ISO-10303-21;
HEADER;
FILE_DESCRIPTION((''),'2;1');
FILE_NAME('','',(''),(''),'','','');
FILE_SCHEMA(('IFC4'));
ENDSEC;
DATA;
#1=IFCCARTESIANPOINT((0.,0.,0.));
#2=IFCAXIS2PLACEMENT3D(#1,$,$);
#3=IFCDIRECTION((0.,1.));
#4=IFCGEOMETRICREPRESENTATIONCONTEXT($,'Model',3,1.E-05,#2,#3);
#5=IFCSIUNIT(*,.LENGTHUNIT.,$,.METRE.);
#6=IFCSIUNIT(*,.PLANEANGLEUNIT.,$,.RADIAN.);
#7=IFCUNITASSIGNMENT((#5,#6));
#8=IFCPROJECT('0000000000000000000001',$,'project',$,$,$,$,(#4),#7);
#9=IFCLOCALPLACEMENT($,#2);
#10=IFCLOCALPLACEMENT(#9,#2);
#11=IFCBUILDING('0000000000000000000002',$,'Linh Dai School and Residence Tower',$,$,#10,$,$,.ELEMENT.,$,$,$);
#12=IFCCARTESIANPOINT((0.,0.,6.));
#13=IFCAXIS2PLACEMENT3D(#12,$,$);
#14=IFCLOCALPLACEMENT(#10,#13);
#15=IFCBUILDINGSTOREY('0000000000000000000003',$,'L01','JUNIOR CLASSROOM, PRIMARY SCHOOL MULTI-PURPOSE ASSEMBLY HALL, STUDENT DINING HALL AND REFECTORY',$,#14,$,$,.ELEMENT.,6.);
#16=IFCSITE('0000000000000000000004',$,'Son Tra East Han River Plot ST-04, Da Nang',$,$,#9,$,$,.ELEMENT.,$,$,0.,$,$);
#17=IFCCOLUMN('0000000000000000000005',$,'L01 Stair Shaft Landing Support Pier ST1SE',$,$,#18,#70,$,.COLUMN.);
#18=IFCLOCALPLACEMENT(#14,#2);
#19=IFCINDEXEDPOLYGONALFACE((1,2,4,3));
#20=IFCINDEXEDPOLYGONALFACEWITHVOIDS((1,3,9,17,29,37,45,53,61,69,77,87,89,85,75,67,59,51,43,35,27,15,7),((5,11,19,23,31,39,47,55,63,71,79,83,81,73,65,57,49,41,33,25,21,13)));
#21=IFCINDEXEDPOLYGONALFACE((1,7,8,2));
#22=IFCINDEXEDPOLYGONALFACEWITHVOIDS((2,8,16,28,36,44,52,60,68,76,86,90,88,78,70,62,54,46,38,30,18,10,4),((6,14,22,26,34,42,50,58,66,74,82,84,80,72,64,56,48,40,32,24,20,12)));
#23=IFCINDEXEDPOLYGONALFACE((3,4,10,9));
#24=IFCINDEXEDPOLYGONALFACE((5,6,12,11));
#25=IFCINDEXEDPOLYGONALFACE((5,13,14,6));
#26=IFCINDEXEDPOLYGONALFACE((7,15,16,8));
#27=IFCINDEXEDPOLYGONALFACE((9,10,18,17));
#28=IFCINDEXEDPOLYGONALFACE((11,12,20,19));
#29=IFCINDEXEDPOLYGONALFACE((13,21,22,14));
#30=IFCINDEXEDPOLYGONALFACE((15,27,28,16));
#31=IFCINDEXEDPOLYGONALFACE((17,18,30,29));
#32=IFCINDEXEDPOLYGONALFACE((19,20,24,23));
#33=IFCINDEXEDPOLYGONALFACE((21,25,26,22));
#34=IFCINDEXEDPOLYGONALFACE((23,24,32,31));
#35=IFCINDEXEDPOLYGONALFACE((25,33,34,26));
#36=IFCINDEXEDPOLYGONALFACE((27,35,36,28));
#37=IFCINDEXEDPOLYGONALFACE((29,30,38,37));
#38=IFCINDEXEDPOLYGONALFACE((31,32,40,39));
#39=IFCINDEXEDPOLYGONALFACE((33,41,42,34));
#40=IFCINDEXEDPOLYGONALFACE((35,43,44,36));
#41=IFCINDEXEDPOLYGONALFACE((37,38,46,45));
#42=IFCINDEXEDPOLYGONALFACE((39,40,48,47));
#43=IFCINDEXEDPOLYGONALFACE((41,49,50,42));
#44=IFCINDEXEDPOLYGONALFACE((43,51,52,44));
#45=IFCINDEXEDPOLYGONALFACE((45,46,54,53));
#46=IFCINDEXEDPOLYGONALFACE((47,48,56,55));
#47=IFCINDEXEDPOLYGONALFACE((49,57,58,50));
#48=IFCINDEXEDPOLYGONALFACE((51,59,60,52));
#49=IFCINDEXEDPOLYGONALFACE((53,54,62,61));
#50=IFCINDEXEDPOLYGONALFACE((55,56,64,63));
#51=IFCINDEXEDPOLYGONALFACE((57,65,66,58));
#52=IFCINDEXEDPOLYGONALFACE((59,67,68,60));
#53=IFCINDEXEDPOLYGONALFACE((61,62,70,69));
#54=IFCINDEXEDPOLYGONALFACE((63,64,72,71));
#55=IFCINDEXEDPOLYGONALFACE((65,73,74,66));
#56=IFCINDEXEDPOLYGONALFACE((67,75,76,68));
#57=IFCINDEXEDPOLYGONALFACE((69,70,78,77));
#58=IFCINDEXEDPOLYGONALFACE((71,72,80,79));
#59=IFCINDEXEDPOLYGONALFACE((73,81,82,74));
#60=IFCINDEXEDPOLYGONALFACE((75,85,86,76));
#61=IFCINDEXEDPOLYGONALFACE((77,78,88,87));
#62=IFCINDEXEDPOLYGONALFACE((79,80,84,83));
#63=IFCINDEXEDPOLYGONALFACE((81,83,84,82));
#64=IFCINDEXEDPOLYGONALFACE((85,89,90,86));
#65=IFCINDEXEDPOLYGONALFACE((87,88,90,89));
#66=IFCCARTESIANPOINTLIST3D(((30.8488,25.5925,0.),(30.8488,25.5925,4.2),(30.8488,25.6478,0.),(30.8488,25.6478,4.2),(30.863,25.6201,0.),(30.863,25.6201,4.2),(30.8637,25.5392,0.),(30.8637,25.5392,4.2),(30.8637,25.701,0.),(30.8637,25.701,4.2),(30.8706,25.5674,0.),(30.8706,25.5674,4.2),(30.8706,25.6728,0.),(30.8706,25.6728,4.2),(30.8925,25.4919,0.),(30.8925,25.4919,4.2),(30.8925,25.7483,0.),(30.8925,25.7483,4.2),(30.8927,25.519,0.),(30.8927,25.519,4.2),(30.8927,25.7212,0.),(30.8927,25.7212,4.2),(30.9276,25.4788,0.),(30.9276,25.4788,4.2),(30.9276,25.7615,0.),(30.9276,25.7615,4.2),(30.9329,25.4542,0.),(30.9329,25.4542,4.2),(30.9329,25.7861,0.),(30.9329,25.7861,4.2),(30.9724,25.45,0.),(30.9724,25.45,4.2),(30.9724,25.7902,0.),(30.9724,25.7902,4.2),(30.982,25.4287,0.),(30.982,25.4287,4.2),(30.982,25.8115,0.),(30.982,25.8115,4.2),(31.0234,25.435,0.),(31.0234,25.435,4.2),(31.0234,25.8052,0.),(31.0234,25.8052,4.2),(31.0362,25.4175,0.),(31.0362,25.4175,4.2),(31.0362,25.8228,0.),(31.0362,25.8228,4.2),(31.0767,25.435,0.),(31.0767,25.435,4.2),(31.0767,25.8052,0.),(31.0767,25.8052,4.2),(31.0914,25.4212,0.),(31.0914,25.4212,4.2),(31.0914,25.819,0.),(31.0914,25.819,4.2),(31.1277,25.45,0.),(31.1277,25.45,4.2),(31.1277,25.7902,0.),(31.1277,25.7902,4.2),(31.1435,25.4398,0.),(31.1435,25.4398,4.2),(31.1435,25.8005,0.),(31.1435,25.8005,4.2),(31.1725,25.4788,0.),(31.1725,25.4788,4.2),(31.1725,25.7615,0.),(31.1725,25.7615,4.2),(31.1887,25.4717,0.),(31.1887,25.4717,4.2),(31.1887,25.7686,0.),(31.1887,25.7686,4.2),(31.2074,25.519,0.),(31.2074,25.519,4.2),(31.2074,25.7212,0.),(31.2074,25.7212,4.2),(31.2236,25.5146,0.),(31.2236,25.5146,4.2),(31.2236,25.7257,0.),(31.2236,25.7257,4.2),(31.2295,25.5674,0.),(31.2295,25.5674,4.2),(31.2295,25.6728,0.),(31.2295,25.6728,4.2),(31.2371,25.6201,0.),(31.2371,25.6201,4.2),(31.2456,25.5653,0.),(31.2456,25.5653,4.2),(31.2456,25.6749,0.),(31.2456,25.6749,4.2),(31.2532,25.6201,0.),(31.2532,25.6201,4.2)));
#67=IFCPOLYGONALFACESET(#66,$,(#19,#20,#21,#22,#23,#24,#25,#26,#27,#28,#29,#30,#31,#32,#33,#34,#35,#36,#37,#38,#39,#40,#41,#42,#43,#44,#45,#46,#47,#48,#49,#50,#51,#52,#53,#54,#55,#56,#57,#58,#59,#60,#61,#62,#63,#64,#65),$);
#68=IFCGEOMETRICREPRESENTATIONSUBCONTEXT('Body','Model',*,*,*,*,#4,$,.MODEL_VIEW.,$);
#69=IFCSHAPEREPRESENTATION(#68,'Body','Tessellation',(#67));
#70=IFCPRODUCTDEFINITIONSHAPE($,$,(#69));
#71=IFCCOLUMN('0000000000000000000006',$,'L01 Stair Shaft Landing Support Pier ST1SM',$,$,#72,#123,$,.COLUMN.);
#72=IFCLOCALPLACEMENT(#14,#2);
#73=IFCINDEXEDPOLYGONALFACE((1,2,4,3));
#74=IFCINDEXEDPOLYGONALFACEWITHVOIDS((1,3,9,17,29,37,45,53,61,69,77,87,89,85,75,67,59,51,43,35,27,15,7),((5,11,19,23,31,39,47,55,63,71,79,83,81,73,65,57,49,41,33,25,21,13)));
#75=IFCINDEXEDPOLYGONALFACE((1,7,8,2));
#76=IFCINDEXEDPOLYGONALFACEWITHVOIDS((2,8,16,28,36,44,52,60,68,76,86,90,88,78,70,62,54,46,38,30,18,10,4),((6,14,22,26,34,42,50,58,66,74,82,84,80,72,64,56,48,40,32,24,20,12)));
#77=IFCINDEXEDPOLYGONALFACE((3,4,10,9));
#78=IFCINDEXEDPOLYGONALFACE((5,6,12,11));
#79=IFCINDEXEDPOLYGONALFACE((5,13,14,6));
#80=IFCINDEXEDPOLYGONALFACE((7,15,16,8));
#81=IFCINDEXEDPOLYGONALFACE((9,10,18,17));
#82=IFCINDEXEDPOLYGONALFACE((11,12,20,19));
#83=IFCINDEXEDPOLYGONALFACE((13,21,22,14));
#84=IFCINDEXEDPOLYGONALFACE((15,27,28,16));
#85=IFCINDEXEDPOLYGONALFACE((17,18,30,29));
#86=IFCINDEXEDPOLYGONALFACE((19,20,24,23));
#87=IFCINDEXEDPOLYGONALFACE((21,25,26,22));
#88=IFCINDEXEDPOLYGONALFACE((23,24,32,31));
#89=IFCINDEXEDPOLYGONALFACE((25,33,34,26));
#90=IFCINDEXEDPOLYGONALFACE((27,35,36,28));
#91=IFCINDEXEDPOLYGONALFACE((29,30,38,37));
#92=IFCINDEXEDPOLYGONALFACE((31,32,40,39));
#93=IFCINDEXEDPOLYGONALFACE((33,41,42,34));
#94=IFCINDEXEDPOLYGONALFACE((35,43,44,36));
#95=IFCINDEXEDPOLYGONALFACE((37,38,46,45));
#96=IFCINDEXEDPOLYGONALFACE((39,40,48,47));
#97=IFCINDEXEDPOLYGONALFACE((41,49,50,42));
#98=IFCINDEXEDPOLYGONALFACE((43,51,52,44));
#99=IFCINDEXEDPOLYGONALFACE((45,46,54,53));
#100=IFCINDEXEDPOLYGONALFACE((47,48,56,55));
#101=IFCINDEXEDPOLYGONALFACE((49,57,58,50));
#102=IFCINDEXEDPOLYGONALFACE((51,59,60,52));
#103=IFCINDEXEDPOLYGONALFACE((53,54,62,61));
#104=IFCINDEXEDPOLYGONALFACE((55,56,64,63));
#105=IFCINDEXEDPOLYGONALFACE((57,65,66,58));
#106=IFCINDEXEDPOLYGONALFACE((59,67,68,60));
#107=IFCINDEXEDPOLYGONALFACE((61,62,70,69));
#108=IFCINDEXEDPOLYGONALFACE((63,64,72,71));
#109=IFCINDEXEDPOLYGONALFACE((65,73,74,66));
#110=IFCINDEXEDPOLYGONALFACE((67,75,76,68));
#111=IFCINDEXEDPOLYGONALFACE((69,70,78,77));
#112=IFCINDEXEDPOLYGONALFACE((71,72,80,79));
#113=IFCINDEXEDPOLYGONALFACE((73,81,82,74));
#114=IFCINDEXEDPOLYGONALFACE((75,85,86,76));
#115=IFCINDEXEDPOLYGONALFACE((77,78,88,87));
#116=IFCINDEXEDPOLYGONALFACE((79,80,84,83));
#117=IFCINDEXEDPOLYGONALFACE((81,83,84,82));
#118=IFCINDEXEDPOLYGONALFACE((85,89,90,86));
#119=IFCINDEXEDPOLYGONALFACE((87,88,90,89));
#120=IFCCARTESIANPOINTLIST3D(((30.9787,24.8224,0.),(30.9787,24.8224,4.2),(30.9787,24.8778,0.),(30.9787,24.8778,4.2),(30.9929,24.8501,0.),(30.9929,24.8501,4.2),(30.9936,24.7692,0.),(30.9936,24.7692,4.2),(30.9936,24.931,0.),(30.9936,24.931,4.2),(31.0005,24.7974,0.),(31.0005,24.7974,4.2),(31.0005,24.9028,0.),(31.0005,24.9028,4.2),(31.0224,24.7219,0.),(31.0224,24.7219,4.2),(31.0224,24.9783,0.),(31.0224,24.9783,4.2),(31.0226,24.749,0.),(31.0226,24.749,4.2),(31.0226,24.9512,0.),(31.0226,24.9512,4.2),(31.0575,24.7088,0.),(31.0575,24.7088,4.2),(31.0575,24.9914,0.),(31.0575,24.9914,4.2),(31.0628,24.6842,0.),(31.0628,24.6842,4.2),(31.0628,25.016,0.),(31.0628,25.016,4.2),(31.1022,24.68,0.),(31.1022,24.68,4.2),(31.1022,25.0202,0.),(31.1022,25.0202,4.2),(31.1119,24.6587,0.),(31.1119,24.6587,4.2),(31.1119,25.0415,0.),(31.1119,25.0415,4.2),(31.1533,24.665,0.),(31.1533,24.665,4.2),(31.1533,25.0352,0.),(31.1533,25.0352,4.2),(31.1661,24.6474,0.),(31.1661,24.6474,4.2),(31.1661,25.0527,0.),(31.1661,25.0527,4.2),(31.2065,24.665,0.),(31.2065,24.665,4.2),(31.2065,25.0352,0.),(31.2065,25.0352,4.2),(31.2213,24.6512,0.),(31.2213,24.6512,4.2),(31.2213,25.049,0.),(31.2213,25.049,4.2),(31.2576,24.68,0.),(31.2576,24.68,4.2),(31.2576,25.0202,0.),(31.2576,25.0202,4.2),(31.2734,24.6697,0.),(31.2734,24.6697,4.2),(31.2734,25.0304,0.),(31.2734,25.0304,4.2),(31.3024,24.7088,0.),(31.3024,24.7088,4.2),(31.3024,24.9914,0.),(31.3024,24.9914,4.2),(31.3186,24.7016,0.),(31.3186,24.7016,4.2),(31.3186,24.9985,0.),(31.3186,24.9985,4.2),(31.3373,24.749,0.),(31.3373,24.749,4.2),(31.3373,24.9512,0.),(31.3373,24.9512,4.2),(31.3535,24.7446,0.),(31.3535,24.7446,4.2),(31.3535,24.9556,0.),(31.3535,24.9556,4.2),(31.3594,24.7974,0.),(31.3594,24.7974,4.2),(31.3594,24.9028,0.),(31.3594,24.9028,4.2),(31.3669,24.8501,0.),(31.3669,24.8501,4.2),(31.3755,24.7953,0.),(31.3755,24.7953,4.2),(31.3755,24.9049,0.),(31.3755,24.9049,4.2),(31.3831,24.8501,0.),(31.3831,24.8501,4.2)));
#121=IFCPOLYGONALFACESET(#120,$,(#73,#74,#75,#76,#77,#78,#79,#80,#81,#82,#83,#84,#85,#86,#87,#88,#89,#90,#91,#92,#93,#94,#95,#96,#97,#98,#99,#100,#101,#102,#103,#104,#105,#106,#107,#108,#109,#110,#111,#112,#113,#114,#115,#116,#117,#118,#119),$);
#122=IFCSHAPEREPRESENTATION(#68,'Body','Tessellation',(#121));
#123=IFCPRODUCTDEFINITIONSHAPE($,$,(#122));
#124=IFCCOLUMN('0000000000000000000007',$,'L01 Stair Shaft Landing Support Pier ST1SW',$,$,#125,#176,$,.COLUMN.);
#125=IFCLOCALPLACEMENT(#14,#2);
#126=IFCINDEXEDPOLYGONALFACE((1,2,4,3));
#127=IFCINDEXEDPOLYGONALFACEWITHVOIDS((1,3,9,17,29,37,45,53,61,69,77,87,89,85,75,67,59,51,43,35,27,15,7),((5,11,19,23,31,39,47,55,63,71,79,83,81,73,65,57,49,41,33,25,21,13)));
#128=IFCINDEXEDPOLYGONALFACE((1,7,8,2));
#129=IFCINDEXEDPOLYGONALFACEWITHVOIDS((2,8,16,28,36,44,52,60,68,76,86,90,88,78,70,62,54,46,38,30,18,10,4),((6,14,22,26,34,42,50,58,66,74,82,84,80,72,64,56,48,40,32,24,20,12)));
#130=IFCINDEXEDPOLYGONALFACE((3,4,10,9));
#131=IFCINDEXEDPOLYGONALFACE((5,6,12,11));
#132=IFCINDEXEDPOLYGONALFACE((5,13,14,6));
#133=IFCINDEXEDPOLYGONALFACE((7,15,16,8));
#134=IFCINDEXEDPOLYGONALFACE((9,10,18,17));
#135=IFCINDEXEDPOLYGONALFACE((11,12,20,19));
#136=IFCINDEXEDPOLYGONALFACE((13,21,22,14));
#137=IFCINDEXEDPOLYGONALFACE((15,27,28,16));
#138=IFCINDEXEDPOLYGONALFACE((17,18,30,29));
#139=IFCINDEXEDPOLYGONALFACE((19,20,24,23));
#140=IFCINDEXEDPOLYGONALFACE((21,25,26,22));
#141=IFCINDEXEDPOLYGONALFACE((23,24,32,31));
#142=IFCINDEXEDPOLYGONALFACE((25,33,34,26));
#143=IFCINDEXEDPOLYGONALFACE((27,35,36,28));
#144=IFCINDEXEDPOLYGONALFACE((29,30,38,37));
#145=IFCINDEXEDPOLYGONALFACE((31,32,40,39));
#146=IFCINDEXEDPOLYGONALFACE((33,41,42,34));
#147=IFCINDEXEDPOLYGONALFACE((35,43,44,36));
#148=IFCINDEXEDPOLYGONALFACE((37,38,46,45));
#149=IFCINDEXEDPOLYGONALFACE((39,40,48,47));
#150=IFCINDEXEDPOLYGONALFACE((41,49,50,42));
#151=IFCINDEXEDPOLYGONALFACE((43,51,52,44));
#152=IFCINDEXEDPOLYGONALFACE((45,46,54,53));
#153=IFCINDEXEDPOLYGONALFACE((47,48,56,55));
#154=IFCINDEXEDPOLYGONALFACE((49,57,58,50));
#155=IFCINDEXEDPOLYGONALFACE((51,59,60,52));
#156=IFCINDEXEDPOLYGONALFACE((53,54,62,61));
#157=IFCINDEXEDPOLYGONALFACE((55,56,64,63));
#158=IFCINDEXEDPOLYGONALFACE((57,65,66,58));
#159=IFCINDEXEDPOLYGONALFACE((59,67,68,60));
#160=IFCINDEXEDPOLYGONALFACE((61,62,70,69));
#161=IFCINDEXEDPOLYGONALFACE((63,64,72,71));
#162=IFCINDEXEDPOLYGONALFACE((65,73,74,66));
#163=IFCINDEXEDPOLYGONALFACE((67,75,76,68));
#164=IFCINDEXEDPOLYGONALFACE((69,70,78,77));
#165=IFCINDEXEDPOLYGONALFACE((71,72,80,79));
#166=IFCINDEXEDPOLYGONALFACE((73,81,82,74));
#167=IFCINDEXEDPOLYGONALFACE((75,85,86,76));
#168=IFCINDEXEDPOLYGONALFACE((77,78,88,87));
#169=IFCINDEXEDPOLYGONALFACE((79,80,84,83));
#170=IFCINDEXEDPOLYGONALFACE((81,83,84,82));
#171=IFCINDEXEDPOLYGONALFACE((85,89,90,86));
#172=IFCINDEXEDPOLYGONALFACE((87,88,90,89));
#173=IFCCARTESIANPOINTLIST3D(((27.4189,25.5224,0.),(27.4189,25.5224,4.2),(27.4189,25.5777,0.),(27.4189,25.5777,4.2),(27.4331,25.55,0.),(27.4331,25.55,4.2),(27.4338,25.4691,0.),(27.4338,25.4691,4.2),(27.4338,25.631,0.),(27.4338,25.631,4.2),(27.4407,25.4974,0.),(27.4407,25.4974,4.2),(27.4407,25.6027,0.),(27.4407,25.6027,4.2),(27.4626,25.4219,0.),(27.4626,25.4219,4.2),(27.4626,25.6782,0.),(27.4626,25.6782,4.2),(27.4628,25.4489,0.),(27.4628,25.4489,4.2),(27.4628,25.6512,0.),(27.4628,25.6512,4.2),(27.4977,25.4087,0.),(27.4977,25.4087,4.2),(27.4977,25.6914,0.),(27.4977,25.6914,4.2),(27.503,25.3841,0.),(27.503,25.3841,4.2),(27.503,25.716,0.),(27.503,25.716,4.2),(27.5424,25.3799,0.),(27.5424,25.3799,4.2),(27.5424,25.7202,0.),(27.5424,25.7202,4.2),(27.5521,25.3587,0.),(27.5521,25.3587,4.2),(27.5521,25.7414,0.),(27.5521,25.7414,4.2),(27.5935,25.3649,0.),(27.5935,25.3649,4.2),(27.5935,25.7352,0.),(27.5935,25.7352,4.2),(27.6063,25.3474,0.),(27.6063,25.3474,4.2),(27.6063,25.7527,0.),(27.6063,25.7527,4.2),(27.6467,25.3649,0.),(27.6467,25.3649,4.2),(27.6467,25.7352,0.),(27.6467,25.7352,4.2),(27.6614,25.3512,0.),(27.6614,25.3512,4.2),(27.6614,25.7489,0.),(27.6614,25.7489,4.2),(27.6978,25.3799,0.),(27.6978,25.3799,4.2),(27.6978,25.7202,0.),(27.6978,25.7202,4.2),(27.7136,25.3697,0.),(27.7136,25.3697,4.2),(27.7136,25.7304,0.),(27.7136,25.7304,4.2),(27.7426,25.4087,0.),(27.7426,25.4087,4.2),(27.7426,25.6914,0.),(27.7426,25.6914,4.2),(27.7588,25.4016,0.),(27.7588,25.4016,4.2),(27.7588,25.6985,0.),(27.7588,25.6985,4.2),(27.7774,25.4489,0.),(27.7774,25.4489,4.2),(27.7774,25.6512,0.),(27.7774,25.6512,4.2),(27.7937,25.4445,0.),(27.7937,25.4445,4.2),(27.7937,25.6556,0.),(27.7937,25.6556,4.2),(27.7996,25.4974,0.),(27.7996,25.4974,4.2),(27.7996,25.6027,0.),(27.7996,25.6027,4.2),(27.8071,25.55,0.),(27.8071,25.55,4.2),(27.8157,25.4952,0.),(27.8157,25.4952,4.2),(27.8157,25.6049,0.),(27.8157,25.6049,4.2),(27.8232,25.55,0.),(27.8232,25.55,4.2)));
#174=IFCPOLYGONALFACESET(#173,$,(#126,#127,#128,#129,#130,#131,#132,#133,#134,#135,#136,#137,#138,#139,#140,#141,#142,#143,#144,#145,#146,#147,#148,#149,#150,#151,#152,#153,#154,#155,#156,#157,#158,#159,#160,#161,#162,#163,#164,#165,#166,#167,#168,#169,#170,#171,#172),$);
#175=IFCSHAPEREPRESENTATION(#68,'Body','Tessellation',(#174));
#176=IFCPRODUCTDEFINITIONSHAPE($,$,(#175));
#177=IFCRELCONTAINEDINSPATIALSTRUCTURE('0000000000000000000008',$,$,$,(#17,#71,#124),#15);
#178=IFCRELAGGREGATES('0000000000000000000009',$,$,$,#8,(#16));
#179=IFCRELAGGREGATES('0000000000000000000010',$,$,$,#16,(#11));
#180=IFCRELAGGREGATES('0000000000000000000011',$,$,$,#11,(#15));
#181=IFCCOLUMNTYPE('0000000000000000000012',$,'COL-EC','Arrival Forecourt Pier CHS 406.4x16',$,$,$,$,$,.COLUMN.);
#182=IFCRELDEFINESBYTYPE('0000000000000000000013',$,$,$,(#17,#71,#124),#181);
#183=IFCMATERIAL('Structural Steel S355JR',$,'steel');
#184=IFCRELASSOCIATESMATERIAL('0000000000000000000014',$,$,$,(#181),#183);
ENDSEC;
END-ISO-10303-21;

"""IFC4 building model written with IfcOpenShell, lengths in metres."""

from ifc_helpers import new_model, si_unit, direction, frame, origin, origin_2d, place, context, subcontext, project, spatial, hollow_circle, extrude, material, material_profile, profile_set, type_object, element, save


model = new_model("IFC4")

# Units and contexts
model_context = context("Model", 3, precision=1e-05, world=origin(), true_north=direction((0.0, 1.0)))
body_context = subcontext(model_context, "Body", "Model", "MODEL_VIEW")
ifc_project = project(units=[si_unit("LENGTHUNIT", "METRE"), si_unit("PLANEANGLEUNIT", "RADIAN")], contexts=[model_context])

# Site, building, storey
site_placement = place(None, origin())
site = spatial("IfcSite", under=ifc_project, at=site_placement, Name="Son Tra East Han River Plot ST-04, Da Nang", CompositionType="ELEMENT", RefElevation=0.0)
building_placement = place(site_placement, origin())
building = spatial("IfcBuilding", under=site, at=building_placement, Name="Linh Dai School and Residence Tower", CompositionType="ELEMENT")
storey_placement = place(building_placement, frame((0.0, 0.0, 6.0)))
storey = spatial("IfcBuildingStorey", under=building, at=storey_placement, Name="L01", Description="JUNIOR CLASSROOM, PRIMARY SCHOOL MULTI-PURPOSE ASSEMBLY HALL, STUDENT DINING HALL AND REFECTORY", CompositionType="ELEMENT", Elevation=6.0)

# Columns
ifc_material_1 = material(Name="Structural Steel S355JR", Category="steel")
ifc_material_profile_1 = material_profile(ifc_material_1, hollow_circle(Radius=0.2031, WallThickness=0.0161, at=origin_2d()), Name="CHS 406.4x16")
ifc_profile_set_1 = profile_set([ifc_material_profile_1], Name="Structural Steel S355JR")
column_type = type_object("IfcColumnType", Name="COL-EC", Description="Arrival Forecourt Pier CHS 406.4x16", PredefinedType="COLUMN", material=ifc_profile_set_1)
for number, where, z_axis, x_axis, name in (
    (1, (31.05, 25.6201, 0.0), (0.0, 0.0, 1.0), (1.0, 0.0, 0.0), "L01 Stair Shaft Landing Support Pier ST1SE"),
    (2, (31.1799, 24.8501, 0.0), (0.0, 0.0, 1.0), (1.0, 0.0, 0.0), "L01 Stair Shaft Landing Support Pier ST1SM"),
    (3, (27.6201, 25.55, 0.0), (0.0, 0.0, 1.0), (1.0, 0.0, 0.0), "L01 Stair Shaft Landing Support Pier ST1SW"),
):
    element("IfcColumn", number, at=place(storey_placement, frame(where, z_axis=z_axis, x_axis=x_axis)), inside=storey, type_object=column_type, Name=name, PredefinedType="COLUMN", context=body_context, shape_type="SweptSolid", body=[
        extrude(hollow_circle(Radius=0.2031, WallThickness=0.0161, at=origin_2d()), origin(), (0.0, 0.0, 1.0), 4.2),
    ])

save(model, "model.ifc")
